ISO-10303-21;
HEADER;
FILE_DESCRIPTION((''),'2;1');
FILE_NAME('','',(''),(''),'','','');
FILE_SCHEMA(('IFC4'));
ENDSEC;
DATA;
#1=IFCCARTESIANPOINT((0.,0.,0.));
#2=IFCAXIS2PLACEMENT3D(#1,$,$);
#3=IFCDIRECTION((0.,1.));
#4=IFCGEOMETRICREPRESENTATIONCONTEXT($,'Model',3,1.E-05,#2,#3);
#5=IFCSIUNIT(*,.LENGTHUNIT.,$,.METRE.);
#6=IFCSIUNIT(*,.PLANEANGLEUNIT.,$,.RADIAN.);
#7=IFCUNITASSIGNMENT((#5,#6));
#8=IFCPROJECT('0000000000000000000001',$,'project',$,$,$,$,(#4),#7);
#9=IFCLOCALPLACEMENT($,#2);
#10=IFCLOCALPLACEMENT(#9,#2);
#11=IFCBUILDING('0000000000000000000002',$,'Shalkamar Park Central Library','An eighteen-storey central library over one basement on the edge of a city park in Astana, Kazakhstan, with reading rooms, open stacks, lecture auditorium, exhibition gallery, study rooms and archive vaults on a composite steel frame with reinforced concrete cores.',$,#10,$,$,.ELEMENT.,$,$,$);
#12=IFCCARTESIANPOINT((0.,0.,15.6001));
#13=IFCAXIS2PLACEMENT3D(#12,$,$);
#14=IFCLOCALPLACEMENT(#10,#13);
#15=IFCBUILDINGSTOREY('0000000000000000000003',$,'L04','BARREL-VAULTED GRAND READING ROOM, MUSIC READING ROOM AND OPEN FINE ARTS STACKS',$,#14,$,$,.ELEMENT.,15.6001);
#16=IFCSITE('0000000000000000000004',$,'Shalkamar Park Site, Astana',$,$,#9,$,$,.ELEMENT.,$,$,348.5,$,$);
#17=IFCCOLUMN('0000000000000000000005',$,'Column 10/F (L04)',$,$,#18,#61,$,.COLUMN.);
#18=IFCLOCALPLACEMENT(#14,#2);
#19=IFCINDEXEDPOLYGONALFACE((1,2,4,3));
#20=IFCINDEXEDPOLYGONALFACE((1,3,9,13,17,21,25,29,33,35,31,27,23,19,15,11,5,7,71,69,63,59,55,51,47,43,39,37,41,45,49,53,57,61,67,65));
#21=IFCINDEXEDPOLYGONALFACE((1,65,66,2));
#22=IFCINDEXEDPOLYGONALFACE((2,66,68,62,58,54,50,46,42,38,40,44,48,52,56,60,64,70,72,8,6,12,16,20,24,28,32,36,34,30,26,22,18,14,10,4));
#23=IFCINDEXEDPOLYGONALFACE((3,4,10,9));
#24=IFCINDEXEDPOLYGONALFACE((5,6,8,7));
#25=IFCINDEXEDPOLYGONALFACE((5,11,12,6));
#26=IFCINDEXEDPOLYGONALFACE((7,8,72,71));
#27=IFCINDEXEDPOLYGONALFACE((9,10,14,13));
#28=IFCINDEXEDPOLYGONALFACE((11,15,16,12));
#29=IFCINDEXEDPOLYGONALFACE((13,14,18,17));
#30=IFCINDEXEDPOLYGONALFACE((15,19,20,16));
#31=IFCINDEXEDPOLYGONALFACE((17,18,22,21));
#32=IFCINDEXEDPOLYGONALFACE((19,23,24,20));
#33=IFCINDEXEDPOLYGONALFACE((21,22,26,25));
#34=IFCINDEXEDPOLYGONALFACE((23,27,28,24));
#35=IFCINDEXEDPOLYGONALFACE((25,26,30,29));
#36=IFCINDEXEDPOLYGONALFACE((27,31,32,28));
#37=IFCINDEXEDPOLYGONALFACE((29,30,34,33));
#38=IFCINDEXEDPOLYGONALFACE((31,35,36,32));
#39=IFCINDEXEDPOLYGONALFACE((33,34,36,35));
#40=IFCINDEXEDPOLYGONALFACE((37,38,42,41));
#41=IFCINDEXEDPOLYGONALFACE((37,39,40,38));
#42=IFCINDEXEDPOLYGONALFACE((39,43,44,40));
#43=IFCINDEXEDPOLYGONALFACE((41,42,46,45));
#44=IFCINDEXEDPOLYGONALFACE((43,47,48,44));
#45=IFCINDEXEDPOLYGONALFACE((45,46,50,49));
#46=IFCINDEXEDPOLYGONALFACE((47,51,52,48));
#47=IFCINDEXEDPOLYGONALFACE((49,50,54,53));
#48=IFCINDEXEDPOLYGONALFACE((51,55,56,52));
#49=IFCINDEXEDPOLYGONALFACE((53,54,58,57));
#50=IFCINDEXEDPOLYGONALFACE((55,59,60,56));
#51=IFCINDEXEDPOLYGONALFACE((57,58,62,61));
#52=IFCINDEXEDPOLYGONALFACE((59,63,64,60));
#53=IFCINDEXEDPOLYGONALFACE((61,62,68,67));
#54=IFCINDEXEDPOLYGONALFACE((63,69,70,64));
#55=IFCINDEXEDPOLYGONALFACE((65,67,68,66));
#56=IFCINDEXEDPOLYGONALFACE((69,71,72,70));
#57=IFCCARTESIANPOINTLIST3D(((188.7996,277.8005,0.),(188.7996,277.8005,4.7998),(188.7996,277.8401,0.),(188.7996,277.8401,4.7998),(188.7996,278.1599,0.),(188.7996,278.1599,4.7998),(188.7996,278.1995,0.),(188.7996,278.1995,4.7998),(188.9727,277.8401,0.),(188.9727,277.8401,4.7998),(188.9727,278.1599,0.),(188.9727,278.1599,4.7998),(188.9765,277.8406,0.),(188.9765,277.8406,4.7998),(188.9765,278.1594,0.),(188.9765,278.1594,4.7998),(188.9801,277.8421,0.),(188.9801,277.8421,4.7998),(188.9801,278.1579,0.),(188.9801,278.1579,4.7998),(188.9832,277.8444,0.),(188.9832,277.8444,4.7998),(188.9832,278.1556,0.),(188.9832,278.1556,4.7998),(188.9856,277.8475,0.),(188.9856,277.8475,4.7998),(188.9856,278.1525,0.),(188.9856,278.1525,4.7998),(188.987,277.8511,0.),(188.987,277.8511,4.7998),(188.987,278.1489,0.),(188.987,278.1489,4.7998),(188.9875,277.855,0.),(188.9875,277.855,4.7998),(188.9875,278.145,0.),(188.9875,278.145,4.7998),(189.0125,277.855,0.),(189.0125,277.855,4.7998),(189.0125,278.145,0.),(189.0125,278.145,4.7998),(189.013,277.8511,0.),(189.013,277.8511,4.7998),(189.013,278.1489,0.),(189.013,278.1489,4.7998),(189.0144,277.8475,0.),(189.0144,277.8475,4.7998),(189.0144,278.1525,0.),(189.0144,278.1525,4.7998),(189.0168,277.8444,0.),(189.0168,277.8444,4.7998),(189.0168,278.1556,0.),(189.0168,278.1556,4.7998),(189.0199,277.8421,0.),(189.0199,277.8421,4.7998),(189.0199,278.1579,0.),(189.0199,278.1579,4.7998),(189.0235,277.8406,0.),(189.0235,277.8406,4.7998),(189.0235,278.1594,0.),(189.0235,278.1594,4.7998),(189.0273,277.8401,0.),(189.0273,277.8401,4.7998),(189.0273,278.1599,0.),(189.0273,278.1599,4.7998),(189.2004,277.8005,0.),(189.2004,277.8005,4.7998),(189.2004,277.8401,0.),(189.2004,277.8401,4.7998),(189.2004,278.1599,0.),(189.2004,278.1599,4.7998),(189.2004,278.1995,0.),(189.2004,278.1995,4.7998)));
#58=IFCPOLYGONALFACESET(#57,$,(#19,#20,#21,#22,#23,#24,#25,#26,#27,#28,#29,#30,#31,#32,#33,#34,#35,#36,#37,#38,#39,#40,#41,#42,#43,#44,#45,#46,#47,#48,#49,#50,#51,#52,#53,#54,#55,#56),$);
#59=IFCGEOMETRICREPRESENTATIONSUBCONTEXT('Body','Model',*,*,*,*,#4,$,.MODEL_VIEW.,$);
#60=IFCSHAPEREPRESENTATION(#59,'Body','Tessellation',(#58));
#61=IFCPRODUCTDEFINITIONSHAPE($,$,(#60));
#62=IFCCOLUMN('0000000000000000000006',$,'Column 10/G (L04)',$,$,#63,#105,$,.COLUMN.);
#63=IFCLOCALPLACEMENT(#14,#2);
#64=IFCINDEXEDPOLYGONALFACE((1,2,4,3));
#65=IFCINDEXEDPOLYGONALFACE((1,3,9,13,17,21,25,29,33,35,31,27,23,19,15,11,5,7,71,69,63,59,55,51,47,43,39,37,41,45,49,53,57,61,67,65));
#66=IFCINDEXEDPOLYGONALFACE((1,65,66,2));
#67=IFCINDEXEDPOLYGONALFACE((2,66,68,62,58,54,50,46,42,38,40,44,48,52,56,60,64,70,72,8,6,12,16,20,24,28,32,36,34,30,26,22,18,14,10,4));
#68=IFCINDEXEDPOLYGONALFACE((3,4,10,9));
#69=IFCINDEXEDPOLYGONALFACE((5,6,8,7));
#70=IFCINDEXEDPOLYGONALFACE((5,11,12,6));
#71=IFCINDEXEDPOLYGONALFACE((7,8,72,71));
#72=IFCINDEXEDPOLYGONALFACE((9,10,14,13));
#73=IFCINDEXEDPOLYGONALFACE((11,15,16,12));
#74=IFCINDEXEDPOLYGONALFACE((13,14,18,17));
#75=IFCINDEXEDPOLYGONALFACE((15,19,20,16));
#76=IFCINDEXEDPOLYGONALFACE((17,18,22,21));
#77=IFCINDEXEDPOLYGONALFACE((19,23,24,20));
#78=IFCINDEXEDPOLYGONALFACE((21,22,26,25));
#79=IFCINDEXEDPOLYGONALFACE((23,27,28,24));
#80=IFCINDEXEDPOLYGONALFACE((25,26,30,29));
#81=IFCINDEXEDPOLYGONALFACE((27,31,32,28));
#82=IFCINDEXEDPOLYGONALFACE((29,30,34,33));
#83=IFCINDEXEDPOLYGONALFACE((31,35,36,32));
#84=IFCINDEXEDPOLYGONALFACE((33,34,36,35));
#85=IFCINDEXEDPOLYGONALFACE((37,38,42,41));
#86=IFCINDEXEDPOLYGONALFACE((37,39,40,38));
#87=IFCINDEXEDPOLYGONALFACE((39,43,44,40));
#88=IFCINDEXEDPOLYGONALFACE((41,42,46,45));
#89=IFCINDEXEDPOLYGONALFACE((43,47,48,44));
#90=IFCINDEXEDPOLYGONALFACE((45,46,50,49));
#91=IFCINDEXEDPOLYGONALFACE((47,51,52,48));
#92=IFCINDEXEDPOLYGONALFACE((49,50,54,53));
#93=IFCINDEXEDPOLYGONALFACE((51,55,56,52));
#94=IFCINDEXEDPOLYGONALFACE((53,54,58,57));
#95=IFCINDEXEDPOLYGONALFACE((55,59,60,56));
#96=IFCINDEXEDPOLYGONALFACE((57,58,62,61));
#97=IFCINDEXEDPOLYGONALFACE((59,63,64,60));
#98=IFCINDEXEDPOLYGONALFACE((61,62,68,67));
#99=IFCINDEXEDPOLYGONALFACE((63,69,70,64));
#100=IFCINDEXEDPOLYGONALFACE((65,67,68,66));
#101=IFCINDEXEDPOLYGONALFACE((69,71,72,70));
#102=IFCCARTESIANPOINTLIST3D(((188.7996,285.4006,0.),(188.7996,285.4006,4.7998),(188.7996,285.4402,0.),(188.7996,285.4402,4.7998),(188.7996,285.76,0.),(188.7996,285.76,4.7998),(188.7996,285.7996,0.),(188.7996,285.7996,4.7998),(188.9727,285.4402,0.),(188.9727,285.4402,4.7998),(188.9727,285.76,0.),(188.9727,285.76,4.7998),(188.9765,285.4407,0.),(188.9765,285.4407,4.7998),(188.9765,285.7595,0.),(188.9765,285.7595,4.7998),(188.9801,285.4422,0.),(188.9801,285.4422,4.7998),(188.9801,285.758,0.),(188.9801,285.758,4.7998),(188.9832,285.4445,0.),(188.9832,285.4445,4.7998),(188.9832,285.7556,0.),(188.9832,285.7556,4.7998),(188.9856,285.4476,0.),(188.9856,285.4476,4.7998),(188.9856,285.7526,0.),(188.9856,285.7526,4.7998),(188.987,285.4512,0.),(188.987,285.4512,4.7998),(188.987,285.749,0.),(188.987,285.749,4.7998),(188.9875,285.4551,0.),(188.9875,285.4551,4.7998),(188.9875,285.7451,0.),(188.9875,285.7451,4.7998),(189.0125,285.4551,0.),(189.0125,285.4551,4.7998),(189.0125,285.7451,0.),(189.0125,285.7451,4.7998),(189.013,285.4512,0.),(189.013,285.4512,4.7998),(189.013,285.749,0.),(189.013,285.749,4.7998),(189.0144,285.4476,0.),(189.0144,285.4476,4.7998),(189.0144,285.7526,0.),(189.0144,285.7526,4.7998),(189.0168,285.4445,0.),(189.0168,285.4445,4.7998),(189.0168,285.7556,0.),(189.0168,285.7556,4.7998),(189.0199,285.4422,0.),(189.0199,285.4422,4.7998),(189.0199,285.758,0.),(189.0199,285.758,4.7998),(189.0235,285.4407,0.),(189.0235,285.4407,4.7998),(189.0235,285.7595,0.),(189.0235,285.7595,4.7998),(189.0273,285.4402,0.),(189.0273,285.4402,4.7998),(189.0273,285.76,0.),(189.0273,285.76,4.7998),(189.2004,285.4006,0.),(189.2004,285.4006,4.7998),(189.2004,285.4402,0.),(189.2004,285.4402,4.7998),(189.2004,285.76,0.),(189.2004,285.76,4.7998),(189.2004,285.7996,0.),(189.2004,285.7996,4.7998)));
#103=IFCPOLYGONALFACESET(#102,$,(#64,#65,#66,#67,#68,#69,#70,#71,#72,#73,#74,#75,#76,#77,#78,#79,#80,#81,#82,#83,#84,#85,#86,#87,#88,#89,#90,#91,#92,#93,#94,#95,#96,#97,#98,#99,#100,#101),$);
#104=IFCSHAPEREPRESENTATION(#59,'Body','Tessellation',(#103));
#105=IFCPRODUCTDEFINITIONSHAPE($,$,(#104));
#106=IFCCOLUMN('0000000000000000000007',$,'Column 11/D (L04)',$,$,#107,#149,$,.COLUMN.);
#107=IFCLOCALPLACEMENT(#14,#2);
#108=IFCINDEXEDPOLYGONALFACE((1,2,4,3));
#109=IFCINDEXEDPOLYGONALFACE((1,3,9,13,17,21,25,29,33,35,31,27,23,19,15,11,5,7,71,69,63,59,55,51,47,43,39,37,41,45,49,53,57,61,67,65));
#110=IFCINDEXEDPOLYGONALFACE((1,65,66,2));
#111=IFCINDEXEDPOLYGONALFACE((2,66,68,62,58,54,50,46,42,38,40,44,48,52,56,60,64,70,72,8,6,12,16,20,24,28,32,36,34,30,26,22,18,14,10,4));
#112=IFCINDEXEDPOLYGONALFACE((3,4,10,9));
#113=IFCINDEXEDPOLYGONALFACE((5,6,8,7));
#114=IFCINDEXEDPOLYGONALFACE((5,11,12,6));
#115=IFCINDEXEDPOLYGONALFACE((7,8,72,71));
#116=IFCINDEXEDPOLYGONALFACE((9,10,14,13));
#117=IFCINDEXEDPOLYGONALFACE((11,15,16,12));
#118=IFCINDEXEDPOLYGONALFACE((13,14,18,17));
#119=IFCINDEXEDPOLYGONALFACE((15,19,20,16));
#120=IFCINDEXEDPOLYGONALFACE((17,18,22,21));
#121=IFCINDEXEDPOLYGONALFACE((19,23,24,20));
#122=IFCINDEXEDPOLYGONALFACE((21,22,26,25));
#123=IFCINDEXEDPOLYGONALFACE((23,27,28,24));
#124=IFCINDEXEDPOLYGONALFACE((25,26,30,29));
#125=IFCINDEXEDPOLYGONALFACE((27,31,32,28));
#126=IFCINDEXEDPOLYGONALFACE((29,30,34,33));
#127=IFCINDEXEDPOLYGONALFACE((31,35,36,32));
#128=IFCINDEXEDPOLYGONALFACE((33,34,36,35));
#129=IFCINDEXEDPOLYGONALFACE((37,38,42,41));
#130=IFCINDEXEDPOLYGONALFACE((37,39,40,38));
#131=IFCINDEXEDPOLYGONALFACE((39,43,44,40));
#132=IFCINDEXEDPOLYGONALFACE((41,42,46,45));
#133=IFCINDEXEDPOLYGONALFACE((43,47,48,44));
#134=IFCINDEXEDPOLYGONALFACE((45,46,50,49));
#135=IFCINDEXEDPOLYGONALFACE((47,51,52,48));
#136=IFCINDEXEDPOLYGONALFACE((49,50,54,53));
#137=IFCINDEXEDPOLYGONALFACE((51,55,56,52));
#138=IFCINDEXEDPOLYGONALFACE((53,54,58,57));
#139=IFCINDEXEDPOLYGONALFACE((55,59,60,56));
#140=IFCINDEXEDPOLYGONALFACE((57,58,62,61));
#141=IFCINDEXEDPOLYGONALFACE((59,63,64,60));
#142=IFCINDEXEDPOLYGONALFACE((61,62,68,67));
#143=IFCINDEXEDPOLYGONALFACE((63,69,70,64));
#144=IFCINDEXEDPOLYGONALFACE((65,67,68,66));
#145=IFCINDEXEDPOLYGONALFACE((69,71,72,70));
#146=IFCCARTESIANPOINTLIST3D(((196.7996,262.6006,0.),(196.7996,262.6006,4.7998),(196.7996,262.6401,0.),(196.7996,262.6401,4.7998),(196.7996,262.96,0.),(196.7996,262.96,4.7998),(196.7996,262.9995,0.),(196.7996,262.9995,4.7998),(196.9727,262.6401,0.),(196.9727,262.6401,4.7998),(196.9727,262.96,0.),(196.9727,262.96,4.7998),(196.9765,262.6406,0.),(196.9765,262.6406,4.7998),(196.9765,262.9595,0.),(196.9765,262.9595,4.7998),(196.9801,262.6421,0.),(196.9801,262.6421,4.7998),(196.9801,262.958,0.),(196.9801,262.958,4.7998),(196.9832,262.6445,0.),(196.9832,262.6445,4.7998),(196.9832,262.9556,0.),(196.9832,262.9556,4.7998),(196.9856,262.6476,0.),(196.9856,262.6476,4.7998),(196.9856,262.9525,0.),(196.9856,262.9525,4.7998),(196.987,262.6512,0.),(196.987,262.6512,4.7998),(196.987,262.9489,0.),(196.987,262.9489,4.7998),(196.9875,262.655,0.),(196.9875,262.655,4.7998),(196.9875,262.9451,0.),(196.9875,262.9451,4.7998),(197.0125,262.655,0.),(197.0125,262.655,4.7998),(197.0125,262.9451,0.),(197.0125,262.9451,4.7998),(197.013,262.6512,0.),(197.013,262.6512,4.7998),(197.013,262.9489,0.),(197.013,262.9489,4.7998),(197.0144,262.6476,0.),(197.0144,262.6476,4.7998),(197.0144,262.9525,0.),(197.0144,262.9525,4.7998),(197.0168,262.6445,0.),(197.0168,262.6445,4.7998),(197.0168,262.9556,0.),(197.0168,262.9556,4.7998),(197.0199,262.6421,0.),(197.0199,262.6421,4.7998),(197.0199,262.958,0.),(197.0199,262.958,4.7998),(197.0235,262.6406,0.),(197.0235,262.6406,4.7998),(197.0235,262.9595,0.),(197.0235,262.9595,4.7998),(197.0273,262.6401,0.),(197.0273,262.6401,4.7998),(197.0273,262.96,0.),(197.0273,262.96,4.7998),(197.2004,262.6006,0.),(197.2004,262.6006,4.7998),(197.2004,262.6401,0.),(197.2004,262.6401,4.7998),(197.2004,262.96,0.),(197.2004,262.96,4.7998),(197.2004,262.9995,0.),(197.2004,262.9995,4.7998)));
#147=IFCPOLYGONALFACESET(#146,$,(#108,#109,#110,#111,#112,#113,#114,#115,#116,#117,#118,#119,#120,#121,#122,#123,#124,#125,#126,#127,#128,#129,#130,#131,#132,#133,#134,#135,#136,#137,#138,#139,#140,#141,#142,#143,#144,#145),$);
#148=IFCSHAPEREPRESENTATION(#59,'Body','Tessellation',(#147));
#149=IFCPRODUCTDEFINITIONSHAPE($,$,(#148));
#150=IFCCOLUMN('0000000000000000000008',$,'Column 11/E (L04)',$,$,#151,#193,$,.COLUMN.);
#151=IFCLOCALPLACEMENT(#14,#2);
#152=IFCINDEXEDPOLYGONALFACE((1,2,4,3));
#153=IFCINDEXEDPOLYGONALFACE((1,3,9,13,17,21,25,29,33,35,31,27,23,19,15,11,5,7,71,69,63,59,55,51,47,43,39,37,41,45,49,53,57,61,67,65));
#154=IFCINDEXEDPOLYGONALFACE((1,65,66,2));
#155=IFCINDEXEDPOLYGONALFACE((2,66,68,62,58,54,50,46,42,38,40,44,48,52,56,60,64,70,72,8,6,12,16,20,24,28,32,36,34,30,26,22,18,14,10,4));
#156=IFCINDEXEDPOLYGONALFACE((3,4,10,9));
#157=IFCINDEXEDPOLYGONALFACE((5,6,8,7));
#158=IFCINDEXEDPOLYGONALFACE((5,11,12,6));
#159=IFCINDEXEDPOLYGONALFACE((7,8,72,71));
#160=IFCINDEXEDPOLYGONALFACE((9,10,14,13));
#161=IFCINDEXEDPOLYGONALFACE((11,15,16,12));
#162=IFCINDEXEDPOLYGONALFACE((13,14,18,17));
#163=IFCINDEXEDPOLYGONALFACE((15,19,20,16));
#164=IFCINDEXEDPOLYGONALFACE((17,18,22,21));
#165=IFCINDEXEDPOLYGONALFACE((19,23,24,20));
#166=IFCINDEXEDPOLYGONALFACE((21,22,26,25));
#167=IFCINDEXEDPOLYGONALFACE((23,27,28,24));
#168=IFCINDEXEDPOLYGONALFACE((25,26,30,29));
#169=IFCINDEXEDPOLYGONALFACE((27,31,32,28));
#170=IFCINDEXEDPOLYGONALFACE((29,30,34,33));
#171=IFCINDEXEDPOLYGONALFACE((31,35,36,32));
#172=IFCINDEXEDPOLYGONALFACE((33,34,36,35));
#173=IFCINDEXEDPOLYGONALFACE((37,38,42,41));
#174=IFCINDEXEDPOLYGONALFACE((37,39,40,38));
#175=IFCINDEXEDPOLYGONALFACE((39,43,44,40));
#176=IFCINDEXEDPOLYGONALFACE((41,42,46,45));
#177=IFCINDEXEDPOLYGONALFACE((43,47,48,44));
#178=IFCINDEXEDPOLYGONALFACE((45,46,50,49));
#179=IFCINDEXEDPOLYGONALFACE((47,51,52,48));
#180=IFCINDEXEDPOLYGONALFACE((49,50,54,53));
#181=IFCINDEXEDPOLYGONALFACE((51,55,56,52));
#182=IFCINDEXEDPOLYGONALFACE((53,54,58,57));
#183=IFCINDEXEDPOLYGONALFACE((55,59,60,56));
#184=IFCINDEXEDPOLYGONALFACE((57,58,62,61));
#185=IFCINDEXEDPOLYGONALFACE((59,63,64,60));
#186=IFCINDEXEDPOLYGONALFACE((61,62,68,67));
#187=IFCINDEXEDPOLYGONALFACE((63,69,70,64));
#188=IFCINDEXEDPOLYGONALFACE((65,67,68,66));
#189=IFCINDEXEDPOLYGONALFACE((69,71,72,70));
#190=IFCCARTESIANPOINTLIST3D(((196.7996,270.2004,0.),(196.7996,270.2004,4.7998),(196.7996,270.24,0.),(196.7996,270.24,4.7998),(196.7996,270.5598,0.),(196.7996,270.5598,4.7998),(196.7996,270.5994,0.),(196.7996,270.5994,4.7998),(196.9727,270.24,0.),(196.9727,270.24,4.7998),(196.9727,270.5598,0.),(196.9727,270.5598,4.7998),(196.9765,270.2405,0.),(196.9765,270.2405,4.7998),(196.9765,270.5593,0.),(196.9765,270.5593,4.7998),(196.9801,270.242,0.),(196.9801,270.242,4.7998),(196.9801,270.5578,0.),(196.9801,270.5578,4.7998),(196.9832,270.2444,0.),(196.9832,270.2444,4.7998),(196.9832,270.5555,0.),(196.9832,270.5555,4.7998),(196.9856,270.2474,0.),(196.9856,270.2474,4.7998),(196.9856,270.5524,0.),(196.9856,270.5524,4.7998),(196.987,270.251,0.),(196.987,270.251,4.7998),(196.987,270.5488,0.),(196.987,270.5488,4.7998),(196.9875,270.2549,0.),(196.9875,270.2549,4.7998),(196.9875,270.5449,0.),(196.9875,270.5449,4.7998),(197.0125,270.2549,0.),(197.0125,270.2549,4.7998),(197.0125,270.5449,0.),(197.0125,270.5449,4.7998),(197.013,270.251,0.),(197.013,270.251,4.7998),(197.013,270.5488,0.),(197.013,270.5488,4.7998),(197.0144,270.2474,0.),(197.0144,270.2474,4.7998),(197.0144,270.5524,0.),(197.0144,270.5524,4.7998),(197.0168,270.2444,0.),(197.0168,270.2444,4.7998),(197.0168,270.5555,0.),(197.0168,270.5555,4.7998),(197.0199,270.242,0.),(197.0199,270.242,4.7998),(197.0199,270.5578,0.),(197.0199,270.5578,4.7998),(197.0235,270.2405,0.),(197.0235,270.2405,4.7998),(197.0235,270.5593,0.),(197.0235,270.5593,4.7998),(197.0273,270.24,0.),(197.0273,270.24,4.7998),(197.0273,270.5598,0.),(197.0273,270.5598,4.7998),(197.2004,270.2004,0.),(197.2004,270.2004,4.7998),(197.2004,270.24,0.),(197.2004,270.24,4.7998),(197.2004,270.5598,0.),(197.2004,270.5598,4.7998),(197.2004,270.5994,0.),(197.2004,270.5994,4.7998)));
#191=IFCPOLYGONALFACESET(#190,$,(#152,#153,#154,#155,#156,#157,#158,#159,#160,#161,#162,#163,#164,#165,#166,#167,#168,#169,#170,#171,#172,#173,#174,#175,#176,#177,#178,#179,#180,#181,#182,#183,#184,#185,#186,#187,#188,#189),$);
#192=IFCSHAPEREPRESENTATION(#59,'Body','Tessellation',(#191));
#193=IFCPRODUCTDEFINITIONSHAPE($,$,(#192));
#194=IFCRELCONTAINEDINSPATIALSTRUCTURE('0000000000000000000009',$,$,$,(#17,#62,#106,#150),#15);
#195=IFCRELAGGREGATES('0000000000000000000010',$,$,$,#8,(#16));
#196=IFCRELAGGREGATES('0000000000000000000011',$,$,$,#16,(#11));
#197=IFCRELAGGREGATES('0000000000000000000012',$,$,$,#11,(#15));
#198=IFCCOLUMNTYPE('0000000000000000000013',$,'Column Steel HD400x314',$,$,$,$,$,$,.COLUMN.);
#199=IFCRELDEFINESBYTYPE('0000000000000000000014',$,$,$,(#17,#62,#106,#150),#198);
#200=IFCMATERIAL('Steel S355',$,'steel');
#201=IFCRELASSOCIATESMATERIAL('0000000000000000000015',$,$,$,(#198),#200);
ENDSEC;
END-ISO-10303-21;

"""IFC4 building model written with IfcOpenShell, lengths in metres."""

from ifc_helpers import new_model, si_unit, direction, frame, origin, origin_2d, place, context, subcontext, project, spatial, i_section, extrude, material, material_profile, profile_set, type_object, element, save


model = new_model("IFC4")

# Units and contexts
model_context = context("Model", 3, precision=1e-05, world=origin(), true_north=direction((0.0, 1.0)))
body_context = subcontext(model_context, "Body", "Model", "MODEL_VIEW")
ifc_project = project(units=[si_unit("LENGTHUNIT", "METRE"), si_unit("PLANEANGLEUNIT", "RADIAN")], contexts=[model_context])

# Site, building, storey
site_placement = place(None, origin())
site = spatial("IfcSite", under=ifc_project, at=site_placement, Name="Shalkamar Park Site, Astana", CompositionType="ELEMENT", RefElevation=348.5)
building_placement = place(site_placement, origin())
building = spatial("IfcBuilding", under=site, at=building_placement, Name="Shalkamar Park Central Library", Description="An eighteen-storey central library over one basement on the edge of a city park in Astana, Kazakhstan, with reading rooms, open stacks, lecture auditorium, exhibition gallery, study rooms and archive vaults on a composite steel frame with reinforced concrete cores.", CompositionType="ELEMENT")
storey_placement = place(building_placement, frame((0.0, 0.0, 15.6001)))
storey = spatial("IfcBuildingStorey", under=building, at=storey_placement, Name="L04", Description="BARREL-VAULTED GRAND READING ROOM, MUSIC READING ROOM AND OPEN FINE ARTS STACKS", CompositionType="ELEMENT", Elevation=15.6001)

# Columns
ifc_material_1 = material(Name="Steel S355", Category="steel")
ifc_material_profile_1 = material_profile(ifc_material_1, i_section(OverallWidth=0.4009, OverallDepth=0.3989, WebThickness=0.0249, FlangeThickness=0.0396, FilletRadius=0.0149, at=origin_2d()), Name="HD 400x314")
ifc_profile_set_1 = profile_set([ifc_material_profile_1], Name="Steel S355")
column_type = type_object("IfcColumnType", Name="Column Steel HD400x314", PredefinedType="COLUMN", material=ifc_profile_set_1)
for number, where, z_axis, x_axis, name in (
    (1, (189.0, 278.0, 0.0), (0.0, 0.0, 1.0), (1.0, 0.0, 0.0), "Column 10/F (L04)"),
    (2, (189.0, 285.6001, 0.0), (0.0, 0.0, 1.0), (1.0, 0.0, 0.0), "Column 10/G (L04)"),
    (3, (197.0, 262.8, 0.0), (0.0, 0.0, 1.0), (1.0, 0.0, 0.0), "Column 11/D (L04)"),
    (4, (197.0, 270.3999, 0.0), (0.0, 0.0, 1.0), (1.0, 0.0, 0.0), "Column 11/E (L04)"),
):
    element("IfcColumn", number, at=place(storey_placement, frame(where, z_axis=z_axis, x_axis=x_axis)), inside=storey, type_object=column_type, Name=name, PredefinedType="COLUMN", context=body_context, shape_type="SweptSolid", body=[
        extrude(i_section(OverallWidth=0.4009, OverallDepth=0.3989, WebThickness=0.0249, FlangeThickness=0.0396, FilletRadius=0.0149, at=origin_2d()), origin(), (0.0, 0.0, 1.0), 4.7998),
    ])

save(model, "model.ifc")
